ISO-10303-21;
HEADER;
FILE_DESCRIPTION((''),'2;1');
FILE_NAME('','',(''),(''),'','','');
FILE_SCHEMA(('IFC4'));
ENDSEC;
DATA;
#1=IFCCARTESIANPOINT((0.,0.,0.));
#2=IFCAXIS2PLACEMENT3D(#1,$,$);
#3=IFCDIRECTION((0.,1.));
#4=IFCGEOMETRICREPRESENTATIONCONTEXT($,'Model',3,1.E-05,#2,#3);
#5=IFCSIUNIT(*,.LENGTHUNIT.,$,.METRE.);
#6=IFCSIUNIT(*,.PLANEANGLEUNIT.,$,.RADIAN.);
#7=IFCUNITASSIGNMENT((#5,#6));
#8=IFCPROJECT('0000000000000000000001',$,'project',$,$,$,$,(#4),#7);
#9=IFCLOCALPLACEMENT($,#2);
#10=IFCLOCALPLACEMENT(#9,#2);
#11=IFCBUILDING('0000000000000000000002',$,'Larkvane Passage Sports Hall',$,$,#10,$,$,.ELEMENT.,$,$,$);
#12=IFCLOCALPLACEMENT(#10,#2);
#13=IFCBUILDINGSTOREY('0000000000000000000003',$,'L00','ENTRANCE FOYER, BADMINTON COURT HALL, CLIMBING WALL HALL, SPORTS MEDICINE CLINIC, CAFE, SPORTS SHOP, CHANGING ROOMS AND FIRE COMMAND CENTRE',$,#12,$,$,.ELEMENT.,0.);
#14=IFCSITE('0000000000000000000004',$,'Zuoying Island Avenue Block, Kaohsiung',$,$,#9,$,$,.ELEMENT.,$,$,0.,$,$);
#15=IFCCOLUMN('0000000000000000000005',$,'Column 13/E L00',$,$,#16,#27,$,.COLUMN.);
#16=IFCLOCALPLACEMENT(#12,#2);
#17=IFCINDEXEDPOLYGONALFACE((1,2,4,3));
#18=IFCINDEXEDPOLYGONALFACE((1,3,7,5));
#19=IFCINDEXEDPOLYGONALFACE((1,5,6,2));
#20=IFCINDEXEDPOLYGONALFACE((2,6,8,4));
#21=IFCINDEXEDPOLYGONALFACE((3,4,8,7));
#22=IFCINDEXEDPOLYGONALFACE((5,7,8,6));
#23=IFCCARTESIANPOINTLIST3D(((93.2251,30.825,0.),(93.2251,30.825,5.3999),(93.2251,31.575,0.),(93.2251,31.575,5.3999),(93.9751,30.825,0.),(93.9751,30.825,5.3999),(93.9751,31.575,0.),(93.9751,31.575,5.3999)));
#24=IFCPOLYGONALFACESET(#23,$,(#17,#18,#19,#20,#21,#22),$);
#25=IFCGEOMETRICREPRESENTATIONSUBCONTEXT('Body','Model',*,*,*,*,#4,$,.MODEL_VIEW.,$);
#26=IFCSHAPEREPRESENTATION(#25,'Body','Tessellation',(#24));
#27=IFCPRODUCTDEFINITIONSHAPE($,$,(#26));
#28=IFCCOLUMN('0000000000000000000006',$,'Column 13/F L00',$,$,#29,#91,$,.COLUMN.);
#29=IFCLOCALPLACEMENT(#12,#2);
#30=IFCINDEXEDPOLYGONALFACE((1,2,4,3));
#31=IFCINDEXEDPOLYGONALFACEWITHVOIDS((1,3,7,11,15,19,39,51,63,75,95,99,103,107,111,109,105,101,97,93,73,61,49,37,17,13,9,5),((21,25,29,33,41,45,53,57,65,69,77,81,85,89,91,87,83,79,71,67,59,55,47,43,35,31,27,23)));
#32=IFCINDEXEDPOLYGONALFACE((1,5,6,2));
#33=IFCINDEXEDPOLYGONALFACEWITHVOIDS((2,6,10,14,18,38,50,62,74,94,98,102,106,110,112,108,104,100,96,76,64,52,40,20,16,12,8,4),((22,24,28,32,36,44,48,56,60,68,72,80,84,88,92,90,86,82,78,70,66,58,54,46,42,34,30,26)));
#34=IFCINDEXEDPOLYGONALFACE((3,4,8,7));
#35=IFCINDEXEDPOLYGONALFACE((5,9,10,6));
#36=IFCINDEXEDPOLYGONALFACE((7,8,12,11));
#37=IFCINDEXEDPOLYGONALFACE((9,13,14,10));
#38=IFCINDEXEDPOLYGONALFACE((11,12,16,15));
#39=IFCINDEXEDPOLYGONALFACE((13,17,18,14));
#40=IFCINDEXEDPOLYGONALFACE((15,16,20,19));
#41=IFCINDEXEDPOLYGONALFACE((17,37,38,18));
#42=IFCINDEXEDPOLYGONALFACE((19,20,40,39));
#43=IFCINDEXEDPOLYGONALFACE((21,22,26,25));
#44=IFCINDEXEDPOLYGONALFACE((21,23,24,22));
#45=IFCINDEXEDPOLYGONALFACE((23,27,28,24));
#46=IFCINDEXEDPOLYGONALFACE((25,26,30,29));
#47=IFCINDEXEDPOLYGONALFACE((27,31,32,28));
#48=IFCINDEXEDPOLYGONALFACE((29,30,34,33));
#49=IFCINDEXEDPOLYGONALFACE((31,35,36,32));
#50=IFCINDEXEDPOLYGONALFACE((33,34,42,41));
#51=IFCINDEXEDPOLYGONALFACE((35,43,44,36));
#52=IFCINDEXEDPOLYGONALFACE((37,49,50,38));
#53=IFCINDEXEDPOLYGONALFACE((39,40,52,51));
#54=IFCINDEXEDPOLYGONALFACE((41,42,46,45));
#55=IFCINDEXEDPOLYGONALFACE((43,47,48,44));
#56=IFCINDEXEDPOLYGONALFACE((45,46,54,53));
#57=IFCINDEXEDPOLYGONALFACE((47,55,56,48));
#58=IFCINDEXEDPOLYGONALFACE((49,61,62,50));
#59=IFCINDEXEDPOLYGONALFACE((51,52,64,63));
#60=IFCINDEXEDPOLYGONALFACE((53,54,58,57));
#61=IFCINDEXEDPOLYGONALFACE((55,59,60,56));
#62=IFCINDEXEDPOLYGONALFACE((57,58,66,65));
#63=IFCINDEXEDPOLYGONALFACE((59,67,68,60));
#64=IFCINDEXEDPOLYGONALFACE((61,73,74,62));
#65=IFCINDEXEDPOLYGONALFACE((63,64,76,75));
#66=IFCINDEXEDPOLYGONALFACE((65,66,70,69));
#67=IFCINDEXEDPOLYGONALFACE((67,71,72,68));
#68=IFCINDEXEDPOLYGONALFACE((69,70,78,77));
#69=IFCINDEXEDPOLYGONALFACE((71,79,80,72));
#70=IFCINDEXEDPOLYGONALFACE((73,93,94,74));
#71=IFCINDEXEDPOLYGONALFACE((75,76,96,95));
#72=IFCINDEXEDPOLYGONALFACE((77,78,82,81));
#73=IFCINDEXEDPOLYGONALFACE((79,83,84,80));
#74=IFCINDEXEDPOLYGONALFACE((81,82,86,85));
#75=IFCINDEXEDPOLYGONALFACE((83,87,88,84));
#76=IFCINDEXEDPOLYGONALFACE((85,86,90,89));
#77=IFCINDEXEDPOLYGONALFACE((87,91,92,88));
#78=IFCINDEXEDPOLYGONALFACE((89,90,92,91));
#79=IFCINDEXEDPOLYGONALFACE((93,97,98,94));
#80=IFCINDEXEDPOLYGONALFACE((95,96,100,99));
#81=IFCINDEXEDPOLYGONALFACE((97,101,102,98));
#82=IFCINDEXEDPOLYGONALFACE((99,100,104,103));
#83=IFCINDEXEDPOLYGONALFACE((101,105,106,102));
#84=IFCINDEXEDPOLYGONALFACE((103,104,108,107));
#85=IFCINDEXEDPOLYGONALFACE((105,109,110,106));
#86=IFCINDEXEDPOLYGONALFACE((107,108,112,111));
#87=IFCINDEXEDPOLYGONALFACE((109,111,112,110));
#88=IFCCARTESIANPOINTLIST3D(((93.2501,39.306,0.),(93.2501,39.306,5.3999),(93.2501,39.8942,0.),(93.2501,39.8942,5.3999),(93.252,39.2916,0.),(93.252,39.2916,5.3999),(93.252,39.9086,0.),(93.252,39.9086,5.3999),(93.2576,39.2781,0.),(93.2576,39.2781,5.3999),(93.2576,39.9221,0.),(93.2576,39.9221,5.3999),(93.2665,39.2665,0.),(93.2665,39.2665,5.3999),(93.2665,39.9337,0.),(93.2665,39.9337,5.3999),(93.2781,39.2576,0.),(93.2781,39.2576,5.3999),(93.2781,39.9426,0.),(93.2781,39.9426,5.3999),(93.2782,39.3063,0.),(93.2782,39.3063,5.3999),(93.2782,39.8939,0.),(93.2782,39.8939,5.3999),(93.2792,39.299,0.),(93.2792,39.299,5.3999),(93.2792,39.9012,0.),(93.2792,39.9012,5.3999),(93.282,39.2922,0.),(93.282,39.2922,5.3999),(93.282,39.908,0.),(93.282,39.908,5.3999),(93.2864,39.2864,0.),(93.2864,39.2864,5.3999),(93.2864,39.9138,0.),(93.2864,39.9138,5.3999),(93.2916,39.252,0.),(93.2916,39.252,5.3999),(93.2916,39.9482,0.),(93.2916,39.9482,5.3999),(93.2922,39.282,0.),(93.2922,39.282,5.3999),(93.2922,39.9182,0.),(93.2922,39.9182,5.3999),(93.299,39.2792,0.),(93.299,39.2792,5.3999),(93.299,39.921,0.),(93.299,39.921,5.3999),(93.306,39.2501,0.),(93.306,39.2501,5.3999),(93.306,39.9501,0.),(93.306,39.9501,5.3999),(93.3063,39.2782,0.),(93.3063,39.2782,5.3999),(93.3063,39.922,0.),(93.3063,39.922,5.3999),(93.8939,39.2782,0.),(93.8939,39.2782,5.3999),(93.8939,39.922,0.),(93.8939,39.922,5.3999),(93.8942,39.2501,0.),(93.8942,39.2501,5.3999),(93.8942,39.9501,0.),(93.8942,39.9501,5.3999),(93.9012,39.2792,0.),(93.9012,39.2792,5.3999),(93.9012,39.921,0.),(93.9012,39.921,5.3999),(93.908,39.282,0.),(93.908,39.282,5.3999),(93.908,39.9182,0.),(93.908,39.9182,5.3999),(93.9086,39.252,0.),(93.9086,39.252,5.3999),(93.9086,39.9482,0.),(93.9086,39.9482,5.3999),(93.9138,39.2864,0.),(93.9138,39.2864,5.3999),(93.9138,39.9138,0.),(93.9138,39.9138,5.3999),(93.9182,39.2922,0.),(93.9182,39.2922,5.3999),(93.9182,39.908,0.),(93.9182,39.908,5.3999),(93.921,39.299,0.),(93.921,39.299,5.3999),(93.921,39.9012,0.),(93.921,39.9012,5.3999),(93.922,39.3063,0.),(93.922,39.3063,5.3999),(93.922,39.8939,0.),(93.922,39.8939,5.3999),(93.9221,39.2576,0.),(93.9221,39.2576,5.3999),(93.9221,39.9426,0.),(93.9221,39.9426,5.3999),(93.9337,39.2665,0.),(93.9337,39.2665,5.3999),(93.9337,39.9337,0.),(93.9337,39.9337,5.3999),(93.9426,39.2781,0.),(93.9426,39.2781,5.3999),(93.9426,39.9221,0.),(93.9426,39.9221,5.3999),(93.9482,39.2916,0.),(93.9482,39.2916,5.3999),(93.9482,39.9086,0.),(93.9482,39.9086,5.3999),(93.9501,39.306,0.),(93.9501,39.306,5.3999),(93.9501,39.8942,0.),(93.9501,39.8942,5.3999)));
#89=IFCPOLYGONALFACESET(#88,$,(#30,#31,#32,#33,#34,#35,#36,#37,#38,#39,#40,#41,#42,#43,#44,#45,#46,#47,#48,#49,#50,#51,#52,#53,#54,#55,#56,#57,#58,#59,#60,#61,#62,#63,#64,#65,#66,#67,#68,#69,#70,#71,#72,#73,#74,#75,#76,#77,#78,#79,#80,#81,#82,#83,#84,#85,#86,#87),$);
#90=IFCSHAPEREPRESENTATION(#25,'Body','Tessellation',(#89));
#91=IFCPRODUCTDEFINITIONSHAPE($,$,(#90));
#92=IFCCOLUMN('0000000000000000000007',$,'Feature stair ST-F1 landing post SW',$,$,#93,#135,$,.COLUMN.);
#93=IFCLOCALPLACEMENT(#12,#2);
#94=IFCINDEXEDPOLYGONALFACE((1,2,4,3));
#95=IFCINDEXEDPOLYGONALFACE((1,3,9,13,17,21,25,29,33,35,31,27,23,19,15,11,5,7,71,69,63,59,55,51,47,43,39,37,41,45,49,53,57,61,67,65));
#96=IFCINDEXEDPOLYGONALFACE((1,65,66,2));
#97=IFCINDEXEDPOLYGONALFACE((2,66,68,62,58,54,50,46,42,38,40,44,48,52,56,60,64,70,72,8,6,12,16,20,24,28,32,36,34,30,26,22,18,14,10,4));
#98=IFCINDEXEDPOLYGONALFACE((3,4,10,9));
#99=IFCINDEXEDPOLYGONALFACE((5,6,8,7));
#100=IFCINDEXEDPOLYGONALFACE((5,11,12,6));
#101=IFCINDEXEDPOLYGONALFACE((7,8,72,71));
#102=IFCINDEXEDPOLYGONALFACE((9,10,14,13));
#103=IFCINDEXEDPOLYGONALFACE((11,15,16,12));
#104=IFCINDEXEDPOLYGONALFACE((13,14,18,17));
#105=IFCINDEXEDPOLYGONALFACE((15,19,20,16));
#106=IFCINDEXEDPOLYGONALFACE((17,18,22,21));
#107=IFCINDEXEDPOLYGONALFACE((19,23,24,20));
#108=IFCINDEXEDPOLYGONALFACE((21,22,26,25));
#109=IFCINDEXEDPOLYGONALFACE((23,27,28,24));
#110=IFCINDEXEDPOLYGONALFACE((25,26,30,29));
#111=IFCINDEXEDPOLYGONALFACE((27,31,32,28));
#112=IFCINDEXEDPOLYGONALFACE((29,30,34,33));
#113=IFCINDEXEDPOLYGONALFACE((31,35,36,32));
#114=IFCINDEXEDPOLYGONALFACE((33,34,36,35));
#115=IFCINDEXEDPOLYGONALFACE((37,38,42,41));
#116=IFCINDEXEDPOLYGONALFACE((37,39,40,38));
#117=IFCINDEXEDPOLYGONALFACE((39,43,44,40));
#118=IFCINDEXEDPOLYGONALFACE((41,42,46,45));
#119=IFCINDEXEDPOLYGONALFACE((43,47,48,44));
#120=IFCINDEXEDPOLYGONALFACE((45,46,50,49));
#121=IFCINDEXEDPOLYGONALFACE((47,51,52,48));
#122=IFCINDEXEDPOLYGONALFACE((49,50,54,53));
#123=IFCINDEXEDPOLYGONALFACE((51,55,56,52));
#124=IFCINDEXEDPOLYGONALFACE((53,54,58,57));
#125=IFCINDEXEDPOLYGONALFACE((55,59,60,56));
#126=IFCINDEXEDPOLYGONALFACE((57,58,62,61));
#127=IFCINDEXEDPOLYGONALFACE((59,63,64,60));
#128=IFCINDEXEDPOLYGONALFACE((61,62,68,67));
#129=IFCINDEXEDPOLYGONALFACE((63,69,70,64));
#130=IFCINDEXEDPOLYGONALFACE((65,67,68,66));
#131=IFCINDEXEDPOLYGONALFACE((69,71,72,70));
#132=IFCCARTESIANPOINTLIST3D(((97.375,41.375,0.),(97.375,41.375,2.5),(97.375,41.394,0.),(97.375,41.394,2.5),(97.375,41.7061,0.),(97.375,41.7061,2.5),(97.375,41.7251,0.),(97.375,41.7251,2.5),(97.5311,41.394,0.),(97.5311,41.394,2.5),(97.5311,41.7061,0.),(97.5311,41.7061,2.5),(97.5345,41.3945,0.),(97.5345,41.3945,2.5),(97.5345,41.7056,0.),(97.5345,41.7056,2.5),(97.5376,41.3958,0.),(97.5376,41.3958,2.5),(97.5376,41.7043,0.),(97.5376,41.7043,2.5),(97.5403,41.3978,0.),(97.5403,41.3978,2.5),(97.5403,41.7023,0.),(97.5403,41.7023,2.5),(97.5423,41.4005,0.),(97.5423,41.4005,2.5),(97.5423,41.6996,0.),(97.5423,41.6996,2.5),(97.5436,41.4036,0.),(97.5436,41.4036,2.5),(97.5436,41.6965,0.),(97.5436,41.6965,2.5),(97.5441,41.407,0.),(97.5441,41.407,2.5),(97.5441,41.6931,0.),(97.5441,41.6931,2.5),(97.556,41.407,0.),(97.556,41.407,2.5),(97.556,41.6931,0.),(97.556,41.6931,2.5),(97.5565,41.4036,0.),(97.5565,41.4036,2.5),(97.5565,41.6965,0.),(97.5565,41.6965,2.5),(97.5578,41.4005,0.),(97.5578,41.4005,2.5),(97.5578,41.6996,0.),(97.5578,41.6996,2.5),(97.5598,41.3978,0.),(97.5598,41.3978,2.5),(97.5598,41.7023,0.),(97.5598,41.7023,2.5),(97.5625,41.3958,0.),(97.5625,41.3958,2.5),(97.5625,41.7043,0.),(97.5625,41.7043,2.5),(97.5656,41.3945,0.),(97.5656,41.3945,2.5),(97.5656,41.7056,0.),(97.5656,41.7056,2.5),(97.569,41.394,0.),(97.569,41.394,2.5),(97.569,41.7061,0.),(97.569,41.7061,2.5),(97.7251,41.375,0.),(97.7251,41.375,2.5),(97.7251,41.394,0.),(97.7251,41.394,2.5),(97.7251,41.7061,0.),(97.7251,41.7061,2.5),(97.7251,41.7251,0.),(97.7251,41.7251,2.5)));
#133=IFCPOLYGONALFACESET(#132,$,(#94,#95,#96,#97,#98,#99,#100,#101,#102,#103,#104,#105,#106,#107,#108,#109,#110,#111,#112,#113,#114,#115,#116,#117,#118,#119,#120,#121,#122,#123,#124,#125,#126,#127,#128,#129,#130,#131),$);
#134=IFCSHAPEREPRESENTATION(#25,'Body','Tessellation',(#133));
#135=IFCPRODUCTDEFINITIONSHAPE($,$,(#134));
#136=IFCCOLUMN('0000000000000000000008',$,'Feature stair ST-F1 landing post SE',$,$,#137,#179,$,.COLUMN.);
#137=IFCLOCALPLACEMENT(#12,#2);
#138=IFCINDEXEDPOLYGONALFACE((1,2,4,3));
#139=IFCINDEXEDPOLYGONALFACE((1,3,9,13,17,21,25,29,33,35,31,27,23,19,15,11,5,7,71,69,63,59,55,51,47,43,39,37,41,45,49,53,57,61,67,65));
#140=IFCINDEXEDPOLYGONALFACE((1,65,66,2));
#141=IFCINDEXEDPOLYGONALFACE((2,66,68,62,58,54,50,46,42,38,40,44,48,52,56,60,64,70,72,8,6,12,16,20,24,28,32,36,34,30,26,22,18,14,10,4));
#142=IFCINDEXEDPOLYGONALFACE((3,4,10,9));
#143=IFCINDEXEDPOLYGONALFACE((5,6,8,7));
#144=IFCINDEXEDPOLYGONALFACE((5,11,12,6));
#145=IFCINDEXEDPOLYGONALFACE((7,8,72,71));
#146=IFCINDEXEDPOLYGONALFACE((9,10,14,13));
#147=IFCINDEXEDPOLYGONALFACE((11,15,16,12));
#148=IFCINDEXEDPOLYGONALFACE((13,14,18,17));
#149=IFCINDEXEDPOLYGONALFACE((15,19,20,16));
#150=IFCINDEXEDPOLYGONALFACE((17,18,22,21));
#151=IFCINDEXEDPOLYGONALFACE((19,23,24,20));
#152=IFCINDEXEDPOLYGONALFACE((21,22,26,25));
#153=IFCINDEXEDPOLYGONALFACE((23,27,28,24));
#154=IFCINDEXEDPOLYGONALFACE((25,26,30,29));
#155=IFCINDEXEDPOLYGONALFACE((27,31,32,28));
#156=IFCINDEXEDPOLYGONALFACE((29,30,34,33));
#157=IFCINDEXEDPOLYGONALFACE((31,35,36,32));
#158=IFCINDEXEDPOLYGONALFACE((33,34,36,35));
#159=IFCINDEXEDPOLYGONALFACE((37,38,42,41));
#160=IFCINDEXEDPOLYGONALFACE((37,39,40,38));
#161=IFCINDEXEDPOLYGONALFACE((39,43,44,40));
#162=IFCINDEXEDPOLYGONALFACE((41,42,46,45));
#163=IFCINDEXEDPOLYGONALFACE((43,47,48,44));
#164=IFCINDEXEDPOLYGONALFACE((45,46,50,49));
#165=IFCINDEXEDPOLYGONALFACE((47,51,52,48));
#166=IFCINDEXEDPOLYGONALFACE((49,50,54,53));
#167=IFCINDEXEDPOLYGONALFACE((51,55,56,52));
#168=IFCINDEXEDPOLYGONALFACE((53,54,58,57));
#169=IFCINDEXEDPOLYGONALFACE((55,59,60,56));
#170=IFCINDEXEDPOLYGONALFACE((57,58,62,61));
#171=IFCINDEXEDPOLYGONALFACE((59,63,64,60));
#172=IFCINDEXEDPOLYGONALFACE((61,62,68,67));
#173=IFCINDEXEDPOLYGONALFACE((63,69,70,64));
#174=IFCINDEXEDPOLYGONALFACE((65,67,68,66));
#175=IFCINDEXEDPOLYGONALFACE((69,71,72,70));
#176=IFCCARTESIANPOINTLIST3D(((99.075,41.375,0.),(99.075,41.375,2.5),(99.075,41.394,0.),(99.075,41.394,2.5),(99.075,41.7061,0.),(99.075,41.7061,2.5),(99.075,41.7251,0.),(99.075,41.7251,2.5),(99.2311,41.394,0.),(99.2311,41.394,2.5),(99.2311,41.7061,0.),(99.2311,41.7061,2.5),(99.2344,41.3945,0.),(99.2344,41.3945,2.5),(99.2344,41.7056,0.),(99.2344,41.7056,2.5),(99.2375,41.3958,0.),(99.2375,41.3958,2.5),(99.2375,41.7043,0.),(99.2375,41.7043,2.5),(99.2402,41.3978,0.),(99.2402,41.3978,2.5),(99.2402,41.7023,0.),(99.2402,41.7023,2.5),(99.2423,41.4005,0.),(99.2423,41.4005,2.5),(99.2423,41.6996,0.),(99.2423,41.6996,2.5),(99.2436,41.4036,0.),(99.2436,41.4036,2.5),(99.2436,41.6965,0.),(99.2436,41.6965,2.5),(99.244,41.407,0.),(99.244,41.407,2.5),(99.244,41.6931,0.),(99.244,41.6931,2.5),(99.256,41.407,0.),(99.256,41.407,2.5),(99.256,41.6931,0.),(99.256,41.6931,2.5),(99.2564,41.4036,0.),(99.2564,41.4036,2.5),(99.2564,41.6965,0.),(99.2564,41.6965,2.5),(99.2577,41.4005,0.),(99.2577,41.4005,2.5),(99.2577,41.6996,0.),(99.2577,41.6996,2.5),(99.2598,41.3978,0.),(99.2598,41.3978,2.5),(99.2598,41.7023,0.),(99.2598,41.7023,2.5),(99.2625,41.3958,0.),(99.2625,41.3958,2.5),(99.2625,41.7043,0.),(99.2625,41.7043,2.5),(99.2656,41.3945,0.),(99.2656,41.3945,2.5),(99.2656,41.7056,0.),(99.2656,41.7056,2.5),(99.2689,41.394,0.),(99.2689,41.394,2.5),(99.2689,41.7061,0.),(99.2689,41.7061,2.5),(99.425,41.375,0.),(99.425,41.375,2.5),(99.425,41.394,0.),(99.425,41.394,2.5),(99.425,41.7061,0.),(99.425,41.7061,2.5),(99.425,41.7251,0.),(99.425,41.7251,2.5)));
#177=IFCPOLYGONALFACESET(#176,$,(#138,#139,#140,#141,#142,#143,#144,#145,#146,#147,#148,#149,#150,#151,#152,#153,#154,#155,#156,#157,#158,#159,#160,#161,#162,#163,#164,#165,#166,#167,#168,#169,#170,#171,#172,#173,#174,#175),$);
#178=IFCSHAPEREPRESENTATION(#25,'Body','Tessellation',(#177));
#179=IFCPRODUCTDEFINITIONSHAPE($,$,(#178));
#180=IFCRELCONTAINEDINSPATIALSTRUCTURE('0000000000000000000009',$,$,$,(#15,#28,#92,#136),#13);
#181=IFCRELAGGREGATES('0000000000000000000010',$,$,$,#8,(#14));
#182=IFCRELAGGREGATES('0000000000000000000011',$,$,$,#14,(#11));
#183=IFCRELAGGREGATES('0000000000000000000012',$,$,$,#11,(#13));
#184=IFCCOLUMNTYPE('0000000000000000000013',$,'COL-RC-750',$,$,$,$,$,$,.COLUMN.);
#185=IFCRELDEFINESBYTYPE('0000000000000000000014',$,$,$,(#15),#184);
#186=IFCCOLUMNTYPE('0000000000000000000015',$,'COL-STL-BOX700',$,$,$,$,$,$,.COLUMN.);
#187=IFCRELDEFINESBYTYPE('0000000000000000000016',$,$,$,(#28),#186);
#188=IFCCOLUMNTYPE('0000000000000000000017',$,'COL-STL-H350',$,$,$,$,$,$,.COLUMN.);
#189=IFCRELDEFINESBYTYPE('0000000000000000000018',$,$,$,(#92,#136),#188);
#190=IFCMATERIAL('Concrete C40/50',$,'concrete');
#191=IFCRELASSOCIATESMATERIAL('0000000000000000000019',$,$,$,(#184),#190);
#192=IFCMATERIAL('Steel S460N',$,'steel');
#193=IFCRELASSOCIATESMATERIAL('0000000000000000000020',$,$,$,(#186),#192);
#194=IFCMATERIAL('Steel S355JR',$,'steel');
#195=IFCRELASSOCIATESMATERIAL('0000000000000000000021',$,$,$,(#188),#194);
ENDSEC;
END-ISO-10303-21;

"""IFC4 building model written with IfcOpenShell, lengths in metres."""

from ifc_helpers import new_model, si_unit, direction, frame, origin, origin_2d, place, context, subcontext, project, spatial, rectangle, hollow_rectangle, i_section, extrude, material, material_profile, profile_set, type_object, element, save


model = new_model("IFC4")

# Units and contexts
model_context = context("Model", 3, precision=1e-05, world=origin(), true_north=direction((0.0, 1.0)))
body_context = subcontext(model_context, "Body", "Model", "MODEL_VIEW")
ifc_project = project(units=[si_unit("LENGTHUNIT", "METRE"), si_unit("PLANEANGLEUNIT", "RADIAN")], contexts=[model_context])

# Site, building, storey
site_placement = place(None, origin())
site = spatial("IfcSite", under=ifc_project, at=site_placement, Name="Zuoying Island Avenue Block, Kaohsiung", CompositionType="ELEMENT", RefElevation=0.0)
building_placement = place(site_placement, origin())
building = spatial("IfcBuilding", under=site, at=building_placement, Name="Larkvane Passage Sports Hall", CompositionType="ELEMENT")
storey_placement = place(building_placement, origin())
storey = spatial("IfcBuildingStorey", under=building, at=storey_placement, Name="L00", Description="ENTRANCE FOYER, BADMINTON COURT HALL, CLIMBING WALL HALL, SPORTS MEDICINE CLINIC, CAFE, SPORTS SHOP, CHANGING ROOMS AND FIRE COMMAND CENTRE", CompositionType="ELEMENT", Elevation=0.0)

# Columns
ifc_material_1 = material(Name="Concrete C40/50", Category="concrete")
ifc_material_profile_1 = material_profile(ifc_material_1, rectangle(XDim=0.75, YDim=0.75, at=origin_2d()), Name="RC-COL-750x750")
ifc_profile_set_1 = profile_set([ifc_material_profile_1], Name="Concrete C40/50")
column_type_1 = type_object("IfcColumnType", Name="COL-RC-750", PredefinedType="COLUMN", material=ifc_profile_set_1)
column_1_placement = place(storey_placement, frame((93.6001, 31.2, 0.0), z_axis=(0.0, 0.0, 1.0), x_axis=(1.0, 0.0, 0.0)))
element("IfcColumn", 1, at=column_1_placement, inside=storey, type_object=column_type_1, Name="Column 13/E L00", PredefinedType="COLUMN", context=body_context, shape_type="SweptSolid", body=[
    extrude(rectangle(XDim=0.75, YDim=0.75, at=origin_2d()), origin(), (0.0, 0.0, 1.0), 5.3999),
])
ifc_material_2 = material(Name="Steel S460N", Category="steel")
ifc_material_profile_2 = material_profile(ifc_material_2, hollow_rectangle(XDim=0.7, YDim=0.7, WallThickness=0.0281, InnerFilletRadius=0.0281, OuterFilletRadius=0.0559, at=origin_2d()), Name="BOX-700x700x28")
ifc_profile_set_2 = profile_set([ifc_material_profile_2], Name="Steel S460N")
column_type_2 = type_object("IfcColumnType", Name="COL-STL-BOX700", PredefinedType="COLUMN", material=ifc_profile_set_2)
column_2_placement = place(storey_placement, frame((93.6001, 39.6001, 0.0), z_axis=(0.0, 0.0, 1.0), x_axis=(1.0, 0.0, 0.0)))
element("IfcColumn", 2, at=column_2_placement, inside=storey, type_object=column_type_2, Name="Column 13/F L00", PredefinedType="COLUMN", context=body_context, shape_type="SweptSolid", body=[
    extrude(hollow_rectangle(XDim=0.7, YDim=0.7, WallThickness=0.0281, InnerFilletRadius=0.0281, OuterFilletRadius=0.0559, at=origin_2d()), origin(), (0.0, 0.0, 1.0), 5.3999),
])
ifc_material_3 = material(Name="Steel S355JR", Category="steel")
ifc_material_profile_3 = material_profile(ifc_material_3, i_section(OverallWidth=0.3501, OverallDepth=0.3501, WebThickness=0.012, FlangeThickness=0.019, FilletRadius=0.0129, at=origin_2d()), Name="H-350x350x12x19")
ifc_profile_set_3 = profile_set([ifc_material_profile_3], Name="Steel S355JR")
column_type_3 = type_object("IfcColumnType", Name="COL-STL-H350", PredefinedType="COLUMN", material=ifc_profile_set_3)
for number, where, z_axis, x_axis, name in (
    (3, (97.55, 41.55, 0.0), (0.0, 0.0, 1.0), (1.0, 0.0, 0.0), "Feature stair ST-F1 landing post SW"),
    (4, (99.25, 41.55, 0.0), (0.0, 0.0, 1.0), (1.0, 0.0, 0.0), "Feature stair ST-F1 landing post SE"),
):
    element("IfcColumn", number, at=place(storey_placement, frame(where, z_axis=z_axis, x_axis=x_axis)), inside=storey, type_object=column_type_3, Name=name, PredefinedType="COLUMN", context=body_context, shape_type="SweptSolid", body=[
        extrude(i_section(OverallWidth=0.3501, OverallDepth=0.3501, WebThickness=0.012, FlangeThickness=0.019, FilletRadius=0.0129, at=origin_2d()), origin(), (0.0, 0.0, 1.0), 2.5),
    ])

save(model, "model.ifc")
